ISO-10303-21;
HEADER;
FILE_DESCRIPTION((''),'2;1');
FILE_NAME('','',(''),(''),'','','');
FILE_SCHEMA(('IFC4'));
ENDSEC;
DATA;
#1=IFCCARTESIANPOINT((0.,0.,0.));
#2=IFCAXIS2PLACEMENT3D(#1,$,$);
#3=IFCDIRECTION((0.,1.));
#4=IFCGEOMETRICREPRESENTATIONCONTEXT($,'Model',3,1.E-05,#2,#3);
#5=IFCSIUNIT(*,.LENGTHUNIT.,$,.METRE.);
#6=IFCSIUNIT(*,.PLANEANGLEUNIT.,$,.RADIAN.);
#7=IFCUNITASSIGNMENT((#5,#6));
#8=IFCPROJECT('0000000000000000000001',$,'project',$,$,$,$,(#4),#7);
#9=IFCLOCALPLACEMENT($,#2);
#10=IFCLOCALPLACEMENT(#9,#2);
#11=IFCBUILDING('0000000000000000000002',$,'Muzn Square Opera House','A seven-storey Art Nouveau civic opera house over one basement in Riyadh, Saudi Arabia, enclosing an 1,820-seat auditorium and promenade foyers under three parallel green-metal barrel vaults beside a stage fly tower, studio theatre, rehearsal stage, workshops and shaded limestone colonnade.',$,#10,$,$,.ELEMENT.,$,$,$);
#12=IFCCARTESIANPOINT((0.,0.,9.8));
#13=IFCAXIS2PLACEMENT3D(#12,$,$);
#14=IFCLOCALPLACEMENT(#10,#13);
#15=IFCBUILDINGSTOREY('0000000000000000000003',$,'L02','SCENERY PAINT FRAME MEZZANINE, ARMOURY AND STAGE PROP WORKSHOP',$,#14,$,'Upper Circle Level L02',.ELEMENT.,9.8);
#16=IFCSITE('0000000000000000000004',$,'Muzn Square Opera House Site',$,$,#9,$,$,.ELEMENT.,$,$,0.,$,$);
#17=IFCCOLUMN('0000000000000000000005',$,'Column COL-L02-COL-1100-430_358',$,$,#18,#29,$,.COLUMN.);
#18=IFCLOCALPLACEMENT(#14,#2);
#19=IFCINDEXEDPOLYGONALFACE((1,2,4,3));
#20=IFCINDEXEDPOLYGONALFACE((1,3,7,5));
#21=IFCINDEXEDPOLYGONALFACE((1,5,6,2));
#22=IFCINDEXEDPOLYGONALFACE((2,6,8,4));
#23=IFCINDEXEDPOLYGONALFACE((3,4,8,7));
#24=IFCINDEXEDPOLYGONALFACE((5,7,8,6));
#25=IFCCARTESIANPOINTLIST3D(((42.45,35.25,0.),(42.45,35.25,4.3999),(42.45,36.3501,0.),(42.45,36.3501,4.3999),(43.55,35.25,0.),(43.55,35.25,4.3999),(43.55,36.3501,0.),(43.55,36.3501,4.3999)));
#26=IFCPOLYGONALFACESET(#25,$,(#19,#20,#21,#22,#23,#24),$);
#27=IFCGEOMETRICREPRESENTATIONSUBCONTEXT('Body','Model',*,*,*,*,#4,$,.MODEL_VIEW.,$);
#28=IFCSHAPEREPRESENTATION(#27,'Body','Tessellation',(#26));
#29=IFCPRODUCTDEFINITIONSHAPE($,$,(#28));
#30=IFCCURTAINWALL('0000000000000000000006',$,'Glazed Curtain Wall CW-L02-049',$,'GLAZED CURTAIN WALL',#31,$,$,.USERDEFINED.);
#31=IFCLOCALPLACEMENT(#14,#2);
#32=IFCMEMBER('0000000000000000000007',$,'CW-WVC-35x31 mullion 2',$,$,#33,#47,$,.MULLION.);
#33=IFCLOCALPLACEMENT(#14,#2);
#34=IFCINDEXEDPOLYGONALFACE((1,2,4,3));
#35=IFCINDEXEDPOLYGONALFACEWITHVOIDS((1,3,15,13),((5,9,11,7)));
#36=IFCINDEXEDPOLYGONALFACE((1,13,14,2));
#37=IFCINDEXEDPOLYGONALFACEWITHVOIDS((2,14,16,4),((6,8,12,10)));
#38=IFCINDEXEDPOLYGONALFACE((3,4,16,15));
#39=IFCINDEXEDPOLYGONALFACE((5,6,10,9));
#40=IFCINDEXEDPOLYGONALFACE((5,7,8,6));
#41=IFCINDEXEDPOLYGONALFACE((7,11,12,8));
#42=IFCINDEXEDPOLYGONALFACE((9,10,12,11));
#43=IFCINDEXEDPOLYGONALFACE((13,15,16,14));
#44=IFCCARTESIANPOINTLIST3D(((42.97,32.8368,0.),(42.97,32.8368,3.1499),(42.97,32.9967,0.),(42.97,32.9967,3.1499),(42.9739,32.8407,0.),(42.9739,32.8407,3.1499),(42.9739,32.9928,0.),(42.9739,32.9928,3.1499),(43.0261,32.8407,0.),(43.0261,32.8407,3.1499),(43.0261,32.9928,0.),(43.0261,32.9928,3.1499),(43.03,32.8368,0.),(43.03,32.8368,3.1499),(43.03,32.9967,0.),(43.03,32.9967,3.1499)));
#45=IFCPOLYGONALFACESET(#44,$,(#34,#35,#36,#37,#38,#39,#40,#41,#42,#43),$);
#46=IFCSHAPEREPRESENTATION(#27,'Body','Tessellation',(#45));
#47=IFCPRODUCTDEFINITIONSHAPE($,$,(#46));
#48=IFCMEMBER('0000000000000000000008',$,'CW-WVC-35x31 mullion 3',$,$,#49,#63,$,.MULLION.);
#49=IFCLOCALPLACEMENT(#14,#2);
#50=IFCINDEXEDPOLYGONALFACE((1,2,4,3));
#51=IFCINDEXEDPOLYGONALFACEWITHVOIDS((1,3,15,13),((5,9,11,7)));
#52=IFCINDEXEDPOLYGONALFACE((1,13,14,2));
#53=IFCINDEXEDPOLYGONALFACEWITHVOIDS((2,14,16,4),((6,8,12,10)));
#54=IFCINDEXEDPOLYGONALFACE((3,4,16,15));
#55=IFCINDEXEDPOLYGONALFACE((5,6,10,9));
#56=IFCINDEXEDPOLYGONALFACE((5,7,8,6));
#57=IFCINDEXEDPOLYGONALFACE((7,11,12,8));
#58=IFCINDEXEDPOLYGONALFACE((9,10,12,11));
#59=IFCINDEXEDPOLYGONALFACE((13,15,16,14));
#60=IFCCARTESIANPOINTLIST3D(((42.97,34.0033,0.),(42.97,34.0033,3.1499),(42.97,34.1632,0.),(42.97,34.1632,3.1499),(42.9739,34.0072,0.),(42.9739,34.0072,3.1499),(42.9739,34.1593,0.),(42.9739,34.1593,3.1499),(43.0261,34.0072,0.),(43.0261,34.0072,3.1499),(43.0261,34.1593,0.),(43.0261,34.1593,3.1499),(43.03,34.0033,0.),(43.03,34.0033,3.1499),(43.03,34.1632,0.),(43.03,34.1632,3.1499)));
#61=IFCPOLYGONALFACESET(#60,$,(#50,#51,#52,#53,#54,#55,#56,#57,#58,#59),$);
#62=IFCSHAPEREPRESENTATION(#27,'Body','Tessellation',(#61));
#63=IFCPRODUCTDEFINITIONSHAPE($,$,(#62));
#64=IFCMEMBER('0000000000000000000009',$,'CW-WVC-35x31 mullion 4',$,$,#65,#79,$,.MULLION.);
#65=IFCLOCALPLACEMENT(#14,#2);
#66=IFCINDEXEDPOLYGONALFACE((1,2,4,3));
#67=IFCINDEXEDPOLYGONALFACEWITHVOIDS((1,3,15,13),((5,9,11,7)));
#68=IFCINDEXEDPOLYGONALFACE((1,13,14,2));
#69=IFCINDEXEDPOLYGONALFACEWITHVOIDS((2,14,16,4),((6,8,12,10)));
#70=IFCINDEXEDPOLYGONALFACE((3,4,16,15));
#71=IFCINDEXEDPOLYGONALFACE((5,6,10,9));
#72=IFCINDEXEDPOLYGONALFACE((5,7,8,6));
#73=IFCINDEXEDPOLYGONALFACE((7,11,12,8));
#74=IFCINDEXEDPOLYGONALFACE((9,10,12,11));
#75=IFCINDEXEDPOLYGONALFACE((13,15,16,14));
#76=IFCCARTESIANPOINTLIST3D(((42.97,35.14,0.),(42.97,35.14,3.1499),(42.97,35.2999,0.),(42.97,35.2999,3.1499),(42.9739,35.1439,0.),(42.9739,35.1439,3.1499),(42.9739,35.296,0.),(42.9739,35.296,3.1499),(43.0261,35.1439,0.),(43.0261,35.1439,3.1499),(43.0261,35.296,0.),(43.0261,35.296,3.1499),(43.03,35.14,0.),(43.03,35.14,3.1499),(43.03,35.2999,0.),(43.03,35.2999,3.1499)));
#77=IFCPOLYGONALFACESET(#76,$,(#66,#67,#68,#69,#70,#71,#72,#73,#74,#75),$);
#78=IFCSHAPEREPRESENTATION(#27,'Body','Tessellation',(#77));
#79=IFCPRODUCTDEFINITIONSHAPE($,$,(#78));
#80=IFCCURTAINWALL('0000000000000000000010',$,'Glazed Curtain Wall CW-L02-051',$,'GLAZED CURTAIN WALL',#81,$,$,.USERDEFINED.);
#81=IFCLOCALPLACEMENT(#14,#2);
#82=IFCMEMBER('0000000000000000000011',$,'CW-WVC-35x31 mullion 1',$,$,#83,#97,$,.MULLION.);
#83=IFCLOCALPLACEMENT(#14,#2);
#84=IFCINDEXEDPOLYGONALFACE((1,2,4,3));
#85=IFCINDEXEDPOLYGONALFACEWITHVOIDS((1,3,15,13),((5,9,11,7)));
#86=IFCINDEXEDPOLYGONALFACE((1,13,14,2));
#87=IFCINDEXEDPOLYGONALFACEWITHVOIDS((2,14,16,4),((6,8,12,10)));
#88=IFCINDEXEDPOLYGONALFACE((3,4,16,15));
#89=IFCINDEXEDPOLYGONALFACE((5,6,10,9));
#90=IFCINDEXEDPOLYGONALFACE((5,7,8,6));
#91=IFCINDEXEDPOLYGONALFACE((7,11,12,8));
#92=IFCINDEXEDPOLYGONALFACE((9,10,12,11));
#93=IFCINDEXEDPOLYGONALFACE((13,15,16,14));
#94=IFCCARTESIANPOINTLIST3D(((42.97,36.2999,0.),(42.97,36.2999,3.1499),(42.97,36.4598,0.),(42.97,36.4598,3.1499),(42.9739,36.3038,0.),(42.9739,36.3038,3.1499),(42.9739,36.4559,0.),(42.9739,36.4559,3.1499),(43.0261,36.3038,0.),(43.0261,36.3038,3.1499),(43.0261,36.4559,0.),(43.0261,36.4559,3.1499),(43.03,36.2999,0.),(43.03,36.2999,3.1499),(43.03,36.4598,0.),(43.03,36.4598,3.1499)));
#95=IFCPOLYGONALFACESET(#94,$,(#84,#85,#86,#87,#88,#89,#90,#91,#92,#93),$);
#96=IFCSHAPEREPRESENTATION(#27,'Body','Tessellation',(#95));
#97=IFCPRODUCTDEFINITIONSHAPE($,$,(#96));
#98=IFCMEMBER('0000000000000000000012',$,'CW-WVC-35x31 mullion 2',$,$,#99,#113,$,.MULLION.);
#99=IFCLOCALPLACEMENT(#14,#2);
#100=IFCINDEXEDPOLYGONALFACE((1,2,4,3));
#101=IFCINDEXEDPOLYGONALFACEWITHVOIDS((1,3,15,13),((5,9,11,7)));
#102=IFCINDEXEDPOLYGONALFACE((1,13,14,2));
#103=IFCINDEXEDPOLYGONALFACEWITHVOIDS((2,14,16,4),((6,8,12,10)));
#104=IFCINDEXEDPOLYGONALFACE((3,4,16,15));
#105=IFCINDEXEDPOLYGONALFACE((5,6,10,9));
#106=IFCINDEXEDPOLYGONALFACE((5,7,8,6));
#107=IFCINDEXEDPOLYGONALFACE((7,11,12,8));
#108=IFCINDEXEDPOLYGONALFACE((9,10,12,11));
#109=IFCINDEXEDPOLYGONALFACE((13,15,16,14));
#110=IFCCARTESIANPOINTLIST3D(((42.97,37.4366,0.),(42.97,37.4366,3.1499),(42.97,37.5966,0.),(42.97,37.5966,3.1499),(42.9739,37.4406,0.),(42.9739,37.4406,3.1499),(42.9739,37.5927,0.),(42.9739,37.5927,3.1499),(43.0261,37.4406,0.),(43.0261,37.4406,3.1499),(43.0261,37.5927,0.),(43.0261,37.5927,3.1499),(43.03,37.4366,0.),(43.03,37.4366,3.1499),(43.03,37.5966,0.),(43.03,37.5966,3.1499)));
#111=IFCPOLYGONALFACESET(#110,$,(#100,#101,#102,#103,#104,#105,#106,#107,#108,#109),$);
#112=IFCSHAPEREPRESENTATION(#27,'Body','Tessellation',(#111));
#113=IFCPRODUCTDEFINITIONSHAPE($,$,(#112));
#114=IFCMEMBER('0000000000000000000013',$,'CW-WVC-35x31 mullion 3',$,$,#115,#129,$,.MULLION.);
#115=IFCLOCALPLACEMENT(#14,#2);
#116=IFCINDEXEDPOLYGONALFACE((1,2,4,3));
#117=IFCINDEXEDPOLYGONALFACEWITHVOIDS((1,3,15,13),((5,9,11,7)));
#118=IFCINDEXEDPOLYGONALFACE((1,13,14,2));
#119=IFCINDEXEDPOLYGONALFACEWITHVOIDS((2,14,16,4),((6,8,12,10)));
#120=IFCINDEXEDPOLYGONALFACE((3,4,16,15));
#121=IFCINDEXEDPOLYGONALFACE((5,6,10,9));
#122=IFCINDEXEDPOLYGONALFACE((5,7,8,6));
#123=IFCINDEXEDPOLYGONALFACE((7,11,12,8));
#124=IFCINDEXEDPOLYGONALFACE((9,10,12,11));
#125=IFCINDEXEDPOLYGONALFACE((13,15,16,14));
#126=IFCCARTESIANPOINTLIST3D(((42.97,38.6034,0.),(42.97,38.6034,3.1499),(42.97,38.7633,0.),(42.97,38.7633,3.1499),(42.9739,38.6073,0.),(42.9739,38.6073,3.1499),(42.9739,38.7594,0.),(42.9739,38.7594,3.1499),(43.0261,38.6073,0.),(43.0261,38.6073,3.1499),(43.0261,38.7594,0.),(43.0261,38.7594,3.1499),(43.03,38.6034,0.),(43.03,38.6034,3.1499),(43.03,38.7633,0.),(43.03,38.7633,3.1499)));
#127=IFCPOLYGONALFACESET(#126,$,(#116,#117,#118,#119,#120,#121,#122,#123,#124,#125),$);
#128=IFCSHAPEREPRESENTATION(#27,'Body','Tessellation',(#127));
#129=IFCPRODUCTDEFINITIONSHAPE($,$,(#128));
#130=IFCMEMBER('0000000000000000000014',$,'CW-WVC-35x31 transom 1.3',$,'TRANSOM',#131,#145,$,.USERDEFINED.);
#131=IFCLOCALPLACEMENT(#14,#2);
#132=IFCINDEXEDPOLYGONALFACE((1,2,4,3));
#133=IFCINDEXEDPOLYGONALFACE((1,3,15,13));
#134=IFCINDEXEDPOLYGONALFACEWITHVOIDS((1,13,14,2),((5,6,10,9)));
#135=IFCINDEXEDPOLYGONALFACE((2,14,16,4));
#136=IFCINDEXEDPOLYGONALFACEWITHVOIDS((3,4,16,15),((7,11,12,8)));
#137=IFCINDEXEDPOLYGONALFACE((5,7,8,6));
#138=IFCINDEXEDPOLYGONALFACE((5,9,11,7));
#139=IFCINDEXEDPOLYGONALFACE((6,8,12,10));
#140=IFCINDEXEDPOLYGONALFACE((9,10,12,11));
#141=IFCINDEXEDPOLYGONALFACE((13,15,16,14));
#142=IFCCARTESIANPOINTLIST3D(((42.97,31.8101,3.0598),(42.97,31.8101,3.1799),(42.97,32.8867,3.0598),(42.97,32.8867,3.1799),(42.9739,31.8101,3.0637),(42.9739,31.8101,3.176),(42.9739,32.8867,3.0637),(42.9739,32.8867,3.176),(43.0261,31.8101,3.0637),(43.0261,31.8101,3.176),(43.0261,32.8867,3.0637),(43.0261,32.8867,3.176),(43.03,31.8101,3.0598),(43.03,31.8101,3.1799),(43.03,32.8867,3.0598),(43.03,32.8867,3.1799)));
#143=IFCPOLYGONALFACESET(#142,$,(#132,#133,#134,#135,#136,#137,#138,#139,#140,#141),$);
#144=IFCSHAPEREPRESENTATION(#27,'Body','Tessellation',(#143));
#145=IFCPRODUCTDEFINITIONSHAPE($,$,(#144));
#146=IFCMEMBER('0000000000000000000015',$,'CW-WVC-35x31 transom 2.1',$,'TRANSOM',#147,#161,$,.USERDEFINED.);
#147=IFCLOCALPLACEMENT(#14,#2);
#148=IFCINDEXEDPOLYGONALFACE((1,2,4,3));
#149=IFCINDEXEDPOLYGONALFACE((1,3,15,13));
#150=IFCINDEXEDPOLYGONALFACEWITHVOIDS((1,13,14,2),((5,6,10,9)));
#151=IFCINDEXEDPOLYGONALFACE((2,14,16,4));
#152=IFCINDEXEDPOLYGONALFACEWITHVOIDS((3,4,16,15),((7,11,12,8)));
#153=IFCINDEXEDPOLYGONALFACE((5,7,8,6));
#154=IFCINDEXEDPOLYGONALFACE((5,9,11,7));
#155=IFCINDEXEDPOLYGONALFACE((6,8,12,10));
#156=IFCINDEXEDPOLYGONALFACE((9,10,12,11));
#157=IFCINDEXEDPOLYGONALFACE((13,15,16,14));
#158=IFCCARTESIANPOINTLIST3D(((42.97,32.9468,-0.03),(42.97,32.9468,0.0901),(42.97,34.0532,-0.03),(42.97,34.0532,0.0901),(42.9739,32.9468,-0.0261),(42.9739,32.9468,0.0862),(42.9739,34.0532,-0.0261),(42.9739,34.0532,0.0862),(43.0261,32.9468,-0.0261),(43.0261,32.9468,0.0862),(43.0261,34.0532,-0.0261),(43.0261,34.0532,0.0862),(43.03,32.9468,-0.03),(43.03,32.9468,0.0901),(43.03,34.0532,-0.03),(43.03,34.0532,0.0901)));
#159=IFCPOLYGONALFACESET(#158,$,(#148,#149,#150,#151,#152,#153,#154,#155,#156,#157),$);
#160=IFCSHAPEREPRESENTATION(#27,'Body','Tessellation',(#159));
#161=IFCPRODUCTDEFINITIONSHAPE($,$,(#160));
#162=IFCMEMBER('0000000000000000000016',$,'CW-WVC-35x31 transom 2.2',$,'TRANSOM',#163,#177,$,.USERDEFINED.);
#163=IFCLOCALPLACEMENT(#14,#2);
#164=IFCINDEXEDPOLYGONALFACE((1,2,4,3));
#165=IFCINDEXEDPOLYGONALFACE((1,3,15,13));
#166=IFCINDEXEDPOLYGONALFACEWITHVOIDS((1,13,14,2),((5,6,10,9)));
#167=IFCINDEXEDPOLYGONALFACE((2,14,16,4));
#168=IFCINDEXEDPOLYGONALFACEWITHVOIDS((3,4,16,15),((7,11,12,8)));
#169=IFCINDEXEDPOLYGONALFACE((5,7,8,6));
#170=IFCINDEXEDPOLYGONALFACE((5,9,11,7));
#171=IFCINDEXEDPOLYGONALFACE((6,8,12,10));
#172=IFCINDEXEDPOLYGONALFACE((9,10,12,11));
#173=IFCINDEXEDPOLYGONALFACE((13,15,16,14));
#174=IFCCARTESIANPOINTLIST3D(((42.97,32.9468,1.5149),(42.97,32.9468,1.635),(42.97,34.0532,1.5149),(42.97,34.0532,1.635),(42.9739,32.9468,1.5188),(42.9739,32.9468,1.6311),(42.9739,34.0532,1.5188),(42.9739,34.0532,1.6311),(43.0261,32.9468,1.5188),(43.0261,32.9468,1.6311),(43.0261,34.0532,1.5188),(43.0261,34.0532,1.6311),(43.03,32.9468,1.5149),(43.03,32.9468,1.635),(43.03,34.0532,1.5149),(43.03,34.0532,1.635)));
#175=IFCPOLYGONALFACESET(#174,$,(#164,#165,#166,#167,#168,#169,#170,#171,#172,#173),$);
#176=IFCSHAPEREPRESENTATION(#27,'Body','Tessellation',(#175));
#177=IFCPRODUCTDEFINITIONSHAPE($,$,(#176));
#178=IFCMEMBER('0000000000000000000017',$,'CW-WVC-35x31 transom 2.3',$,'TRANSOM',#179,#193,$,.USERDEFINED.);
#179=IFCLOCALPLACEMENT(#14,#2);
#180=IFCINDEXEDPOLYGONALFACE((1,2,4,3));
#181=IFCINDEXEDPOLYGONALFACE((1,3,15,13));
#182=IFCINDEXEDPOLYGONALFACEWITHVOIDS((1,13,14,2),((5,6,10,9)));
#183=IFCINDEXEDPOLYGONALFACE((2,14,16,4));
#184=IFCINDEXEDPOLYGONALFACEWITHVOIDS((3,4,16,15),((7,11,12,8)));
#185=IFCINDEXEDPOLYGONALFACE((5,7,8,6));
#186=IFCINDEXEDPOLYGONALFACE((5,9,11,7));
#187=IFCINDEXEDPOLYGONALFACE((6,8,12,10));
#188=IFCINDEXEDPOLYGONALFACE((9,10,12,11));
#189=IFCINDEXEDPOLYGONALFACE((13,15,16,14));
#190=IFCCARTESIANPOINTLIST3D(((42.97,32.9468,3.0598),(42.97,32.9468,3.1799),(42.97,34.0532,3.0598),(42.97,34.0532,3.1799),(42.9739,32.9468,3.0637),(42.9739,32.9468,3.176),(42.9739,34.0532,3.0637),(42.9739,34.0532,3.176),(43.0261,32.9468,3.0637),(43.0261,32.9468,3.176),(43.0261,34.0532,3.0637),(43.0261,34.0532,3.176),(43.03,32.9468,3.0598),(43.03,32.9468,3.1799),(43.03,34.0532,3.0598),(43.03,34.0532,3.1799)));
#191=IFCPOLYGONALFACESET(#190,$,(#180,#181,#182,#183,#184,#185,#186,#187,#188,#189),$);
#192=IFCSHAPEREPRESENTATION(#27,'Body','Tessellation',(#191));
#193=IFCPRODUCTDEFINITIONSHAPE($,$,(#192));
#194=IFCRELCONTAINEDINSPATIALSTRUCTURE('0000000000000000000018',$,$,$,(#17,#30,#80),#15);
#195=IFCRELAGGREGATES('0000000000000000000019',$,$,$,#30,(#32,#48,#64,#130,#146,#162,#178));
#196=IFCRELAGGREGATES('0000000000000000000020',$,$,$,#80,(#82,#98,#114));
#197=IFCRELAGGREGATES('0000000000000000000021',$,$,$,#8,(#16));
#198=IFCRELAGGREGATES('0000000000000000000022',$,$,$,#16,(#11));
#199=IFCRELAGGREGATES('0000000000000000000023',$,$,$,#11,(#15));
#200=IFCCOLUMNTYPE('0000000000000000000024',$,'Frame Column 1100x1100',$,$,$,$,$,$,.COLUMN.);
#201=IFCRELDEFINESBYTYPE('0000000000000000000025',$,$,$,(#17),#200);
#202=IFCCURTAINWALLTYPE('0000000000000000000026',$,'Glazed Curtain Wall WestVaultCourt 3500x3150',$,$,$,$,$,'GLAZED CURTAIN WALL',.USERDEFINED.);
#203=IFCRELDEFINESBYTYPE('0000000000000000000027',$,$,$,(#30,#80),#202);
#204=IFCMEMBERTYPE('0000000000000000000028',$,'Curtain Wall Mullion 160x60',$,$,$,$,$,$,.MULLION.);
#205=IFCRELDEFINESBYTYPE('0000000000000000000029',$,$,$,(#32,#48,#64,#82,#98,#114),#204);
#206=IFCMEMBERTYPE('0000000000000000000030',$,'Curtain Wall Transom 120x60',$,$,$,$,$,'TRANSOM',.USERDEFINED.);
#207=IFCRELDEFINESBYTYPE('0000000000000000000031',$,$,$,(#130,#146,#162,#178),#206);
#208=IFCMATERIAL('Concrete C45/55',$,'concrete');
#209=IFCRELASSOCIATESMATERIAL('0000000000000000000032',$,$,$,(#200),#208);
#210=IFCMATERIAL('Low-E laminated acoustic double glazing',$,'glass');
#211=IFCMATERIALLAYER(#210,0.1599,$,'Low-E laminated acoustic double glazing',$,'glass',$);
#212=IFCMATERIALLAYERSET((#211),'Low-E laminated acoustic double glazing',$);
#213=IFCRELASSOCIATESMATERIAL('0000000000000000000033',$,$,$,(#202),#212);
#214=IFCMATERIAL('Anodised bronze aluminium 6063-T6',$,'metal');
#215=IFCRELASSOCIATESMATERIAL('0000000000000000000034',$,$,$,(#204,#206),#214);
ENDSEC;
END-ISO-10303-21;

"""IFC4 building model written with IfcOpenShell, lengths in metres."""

from ifc_helpers import new_model, si_unit, direction, frame, origin, origin_2d, place, context, subcontext, project, spatial, rectangle, hollow_rectangle, extrude, material, layer, layer_set, material_profile, profile_set, type_object, element, aggregate, save


model = new_model("IFC4")

# Units and contexts
model_context = context("Model", 3, precision=1e-05, world=origin(), true_north=direction((0.0, 1.0)))
body_context = subcontext(model_context, "Body", "Model", "MODEL_VIEW")
ifc_project = project(units=[si_unit("LENGTHUNIT", "METRE"), si_unit("PLANEANGLEUNIT", "RADIAN")], contexts=[model_context])

# Site, building, storey
site_placement = place(None, origin())
site = spatial("IfcSite", under=ifc_project, at=site_placement, Name="Muzn Square Opera House Site", CompositionType="ELEMENT", RefElevation=0.0)
building_placement = place(site_placement, origin())
building = spatial("IfcBuilding", under=site, at=building_placement, Name="Muzn Square Opera House", Description="A seven-storey Art Nouveau civic opera house over one basement in Riyadh, Saudi Arabia, enclosing an 1,820-seat auditorium and promenade foyers under three parallel green-metal barrel vaults beside a stage fly tower, studio theatre, rehearsal stage, workshops and shaded limestone colonnade.", CompositionType="ELEMENT")
storey_placement = place(building_placement, frame((0.0, 0.0, 9.8)))
storey = spatial("IfcBuildingStorey", under=building, at=storey_placement, Name="L02", Description="SCENERY PAINT FRAME MEZZANINE, ARMOURY AND STAGE PROP WORKSHOP", LongName="Upper Circle Level L02", CompositionType="ELEMENT", Elevation=9.8)

# Column
ifc_material_1 = material(Name="Concrete C45/55", Category="concrete")
ifc_material_profile_1 = material_profile(ifc_material_1, rectangle(XDim=1.1001, YDim=1.1001, at=origin_2d()), Name="RC 1100x1100", Category="concrete")
ifc_profile_set_1 = profile_set([ifc_material_profile_1], Name="Concrete C45/55")
column_type = type_object("IfcColumnType", Name="Frame Column 1100x1100", PredefinedType="COLUMN", material=ifc_profile_set_1)
column_placement = place(storey_placement, frame((43.0, 35.8, 0.0), z_axis=(0.0, 0.0, 1.0), x_axis=(1.0, 0.0, 0.0)))
element("IfcColumn", 1, at=column_placement, inside=storey, type_object=column_type, Name="Column COL-L02-COL-1100-430_358", PredefinedType="COLUMN", context=body_context, shape_type="SweptSolid", body=[
    extrude(rectangle(XDim=1.1001, YDim=1.1001, at=origin_2d()), origin(), (0.0, 0.0, 1.0), 4.3999),
])

# Curtain walls, members
ifc_material_2 = material(Name="Low-E laminated acoustic double glazing", Category="glass")
ifc_layer_1 = layer(ifc_material_2, 0.1599, Name="Low-E laminated acoustic double glazing", Category="glass")
ifc_layer_set_1 = layer_set([ifc_layer_1], Name="Low-E laminated acoustic double glazing")
curtain_wall_type = type_object("IfcCurtainWallType", Name="Glazed Curtain Wall WestVaultCourt 3500x3150", ElementType="GLAZED CURTAIN WALL", PredefinedType="USERDEFINED", material=ifc_layer_set_1)
curtain_wall_1_placement = place(storey_placement, origin())
curtain_wall_1 = element("IfcCurtainWall", 2, at=curtain_wall_1_placement, inside=storey, type_object=curtain_wall_type, Name="Glazed Curtain Wall CW-L02-049", ObjectType="GLAZED CURTAIN WALL", PredefinedType="USERDEFINED")
ifc_material_3 = material(Name="Anodised bronze aluminium 6063-T6", Category="metal")
ifc_material_profile_2 = material_profile(ifc_material_3, hollow_rectangle(XDim=0.0601, YDim=0.1599, WallThickness=0.0039, at=origin_2d()), Name="ALU 160x60x4", Category="metal")
ifc_profile_set_2 = profile_set([ifc_material_profile_2], Name="Anodised bronze aluminium 6063-T6")
member_type_1 = type_object("IfcMemberType", Name="Curtain Wall Mullion 160x60", PredefinedType="MULLION", material=ifc_profile_set_2)
member_1_placement = place(storey_placement, frame((43.0, 32.9167, 0.0), z_axis=(0.0, 0.0, 1.0), x_axis=(-1.0, 0.0, 0.0)))
member_1 = element("IfcMember", 3, at=member_1_placement, type_object=member_type_1, Name="CW-WVC-35x31 mullion 2", PredefinedType="MULLION", context=body_context, shape_type="SweptSolid", body=[
    extrude(hollow_rectangle(XDim=0.0601, YDim=0.1599, WallThickness=0.0039, at=origin_2d()), origin(), (0.0, 0.0, 1.0), 3.1499),
])
member_2_placement = place(storey_placement, frame((43.0, 34.0833, 0.0), z_axis=(0.0, 0.0, 1.0), x_axis=(-1.0, 0.0, 0.0)))
member_2 = element("IfcMember", 4, at=member_2_placement, type_object=member_type_1, Name="CW-WVC-35x31 mullion 3", PredefinedType="MULLION", context=body_context, shape_type="SweptSolid", body=[
    extrude(hollow_rectangle(XDim=0.0601, YDim=0.1599, WallThickness=0.0039, at=origin_2d()), origin(), (0.0, 0.0, 1.0), 3.1499),
])
member_3_placement = place(storey_placement, frame((43.0, 35.22, 0.0), z_axis=(0.0, 0.0, 1.0), x_axis=(-1.0, 0.0, 0.0)))
member_3 = element("IfcMember", 5, at=member_3_placement, type_object=member_type_1, Name="CW-WVC-35x31 mullion 4", PredefinedType="MULLION", context=body_context, shape_type="SweptSolid", body=[
    extrude(hollow_rectangle(XDim=0.0601, YDim=0.1599, WallThickness=0.0039, at=origin_2d()), origin(), (0.0, 0.0, 1.0), 3.1499),
])
curtain_wall_2_placement = place(storey_placement, origin())
curtain_wall_2 = element("IfcCurtainWall", 6, at=curtain_wall_2_placement, inside=storey, type_object=curtain_wall_type, Name="Glazed Curtain Wall CW-L02-051", ObjectType="GLAZED CURTAIN WALL", PredefinedType="USERDEFINED")
member_4_placement = place(storey_placement, frame((43.0, 36.3799, 0.0), z_axis=(0.0, 0.0, 1.0), x_axis=(-1.0, 0.0, 0.0)))
member_4 = element("IfcMember", 7, at=member_4_placement, type_object=member_type_1, Name="CW-WVC-35x31 mullion 1", PredefinedType="MULLION", context=body_context, shape_type="SweptSolid", body=[
    extrude(hollow_rectangle(XDim=0.0601, YDim=0.1599, WallThickness=0.0039, at=origin_2d()), origin(), (0.0, 0.0, 1.0), 3.1499),
])
member_5_placement = place(storey_placement, frame((43.0, 37.5166, 0.0), z_axis=(0.0, 0.0, 1.0), x_axis=(-1.0, 0.0, 0.0)))
member_5 = element("IfcMember", 8, at=member_5_placement, type_object=member_type_1, Name="CW-WVC-35x31 mullion 2", PredefinedType="MULLION", context=body_context, shape_type="SweptSolid", body=[
    extrude(hollow_rectangle(XDim=0.0601, YDim=0.1599, WallThickness=0.0039, at=origin_2d()), origin(), (0.0, 0.0, 1.0), 3.1499),
])
member_6_placement = place(storey_placement, frame((43.0, 38.6833, 0.0), z_axis=(0.0, 0.0, 1.0), x_axis=(-1.0, 0.0, 0.0)))
member_6 = element("IfcMember", 9, at=member_6_placement, type_object=member_type_1, Name="CW-WVC-35x31 mullion 3", PredefinedType="MULLION", context=body_context, shape_type="SweptSolid", body=[
    extrude(hollow_rectangle(XDim=0.0601, YDim=0.1599, WallThickness=0.0039, at=origin_2d()), origin(), (0.0, 0.0, 1.0), 3.1499),
])

# Members
ifc_material_profile_3 = material_profile(ifc_material_3, hollow_rectangle(XDim=0.0601, YDim=0.1201, WallThickness=0.0039, at=origin_2d()), Name="ALU 120x60x4", Category="metal")
ifc_profile_set_3 = profile_set([ifc_material_profile_3], Name="Anodised bronze aluminium 6063-T6")
member_type_2 = type_object("IfcMemberType", Name="Curtain Wall Transom 120x60", ElementType="TRANSOM", PredefinedType="USERDEFINED", material=ifc_profile_set_3)
member_7_placement = place(storey_placement, frame((43.0, 31.8101, 3.1199), z_axis=(0.0, 1.0, 0.0), x_axis=(-1.0, 0.0, 0.0)))
member_7 = element("IfcMember", 10, at=member_7_placement, type_object=member_type_2, Name="CW-WVC-35x31 transom 1.3", ObjectType="TRANSOM", PredefinedType="USERDEFINED", context=body_context, shape_type="SweptSolid", body=[
    extrude(hollow_rectangle(XDim=0.0601, YDim=0.1201, WallThickness=0.0039, at=origin_2d()), origin(), (0.0, 0.0, 1.0), 1.0767),
])
member_8_placement = place(storey_placement, frame((43.0, 32.9468, 0.03), z_axis=(0.0, 1.0, 0.0), x_axis=(-1.0, 0.0, 0.0)))
member_8 = element("IfcMember", 11, at=member_8_placement, type_object=member_type_2, Name="CW-WVC-35x31 transom 2.1", ObjectType="TRANSOM", PredefinedType="USERDEFINED", context=body_context, shape_type="SweptSolid", body=[
    extrude(hollow_rectangle(XDim=0.0601, YDim=0.1201, WallThickness=0.0039, at=origin_2d()), origin(), (0.0, 0.0, 1.0), 1.1064),
])
member_9_placement = place(storey_placement, frame((43.0, 32.9468, 1.575), z_axis=(0.0, 1.0, 0.0), x_axis=(-1.0, 0.0, 0.0)))
member_9 = element("IfcMember", 12, at=member_9_placement, type_object=member_type_2, Name="CW-WVC-35x31 transom 2.2", ObjectType="TRANSOM", PredefinedType="USERDEFINED", context=body_context, shape_type="SweptSolid", body=[
    extrude(hollow_rectangle(XDim=0.0601, YDim=0.1201, WallThickness=0.0039, at=origin_2d()), origin(), (0.0, 0.0, 1.0), 1.1064),
])
member_10_placement = place(storey_placement, frame((43.0, 32.9468, 3.1199), z_axis=(0.0, 1.0, 0.0), x_axis=(-1.0, 0.0, 0.0)))
member_10 = element("IfcMember", 13, at=member_10_placement, type_object=member_type_2, Name="CW-WVC-35x31 transom 2.3", ObjectType="TRANSOM", PredefinedType="USERDEFINED", context=body_context, shape_type="SweptSolid", body=[
    extrude(hollow_rectangle(XDim=0.0601, YDim=0.1201, WallThickness=0.0039, at=origin_2d()), origin(), (0.0, 0.0, 1.0), 1.1064),
])

aggregate(curtain_wall_1, [member_1, member_2, member_3, member_7, member_8, member_9, member_10])
aggregate(curtain_wall_2, [member_4, member_5, member_6])

save(model, "model.ifc")
